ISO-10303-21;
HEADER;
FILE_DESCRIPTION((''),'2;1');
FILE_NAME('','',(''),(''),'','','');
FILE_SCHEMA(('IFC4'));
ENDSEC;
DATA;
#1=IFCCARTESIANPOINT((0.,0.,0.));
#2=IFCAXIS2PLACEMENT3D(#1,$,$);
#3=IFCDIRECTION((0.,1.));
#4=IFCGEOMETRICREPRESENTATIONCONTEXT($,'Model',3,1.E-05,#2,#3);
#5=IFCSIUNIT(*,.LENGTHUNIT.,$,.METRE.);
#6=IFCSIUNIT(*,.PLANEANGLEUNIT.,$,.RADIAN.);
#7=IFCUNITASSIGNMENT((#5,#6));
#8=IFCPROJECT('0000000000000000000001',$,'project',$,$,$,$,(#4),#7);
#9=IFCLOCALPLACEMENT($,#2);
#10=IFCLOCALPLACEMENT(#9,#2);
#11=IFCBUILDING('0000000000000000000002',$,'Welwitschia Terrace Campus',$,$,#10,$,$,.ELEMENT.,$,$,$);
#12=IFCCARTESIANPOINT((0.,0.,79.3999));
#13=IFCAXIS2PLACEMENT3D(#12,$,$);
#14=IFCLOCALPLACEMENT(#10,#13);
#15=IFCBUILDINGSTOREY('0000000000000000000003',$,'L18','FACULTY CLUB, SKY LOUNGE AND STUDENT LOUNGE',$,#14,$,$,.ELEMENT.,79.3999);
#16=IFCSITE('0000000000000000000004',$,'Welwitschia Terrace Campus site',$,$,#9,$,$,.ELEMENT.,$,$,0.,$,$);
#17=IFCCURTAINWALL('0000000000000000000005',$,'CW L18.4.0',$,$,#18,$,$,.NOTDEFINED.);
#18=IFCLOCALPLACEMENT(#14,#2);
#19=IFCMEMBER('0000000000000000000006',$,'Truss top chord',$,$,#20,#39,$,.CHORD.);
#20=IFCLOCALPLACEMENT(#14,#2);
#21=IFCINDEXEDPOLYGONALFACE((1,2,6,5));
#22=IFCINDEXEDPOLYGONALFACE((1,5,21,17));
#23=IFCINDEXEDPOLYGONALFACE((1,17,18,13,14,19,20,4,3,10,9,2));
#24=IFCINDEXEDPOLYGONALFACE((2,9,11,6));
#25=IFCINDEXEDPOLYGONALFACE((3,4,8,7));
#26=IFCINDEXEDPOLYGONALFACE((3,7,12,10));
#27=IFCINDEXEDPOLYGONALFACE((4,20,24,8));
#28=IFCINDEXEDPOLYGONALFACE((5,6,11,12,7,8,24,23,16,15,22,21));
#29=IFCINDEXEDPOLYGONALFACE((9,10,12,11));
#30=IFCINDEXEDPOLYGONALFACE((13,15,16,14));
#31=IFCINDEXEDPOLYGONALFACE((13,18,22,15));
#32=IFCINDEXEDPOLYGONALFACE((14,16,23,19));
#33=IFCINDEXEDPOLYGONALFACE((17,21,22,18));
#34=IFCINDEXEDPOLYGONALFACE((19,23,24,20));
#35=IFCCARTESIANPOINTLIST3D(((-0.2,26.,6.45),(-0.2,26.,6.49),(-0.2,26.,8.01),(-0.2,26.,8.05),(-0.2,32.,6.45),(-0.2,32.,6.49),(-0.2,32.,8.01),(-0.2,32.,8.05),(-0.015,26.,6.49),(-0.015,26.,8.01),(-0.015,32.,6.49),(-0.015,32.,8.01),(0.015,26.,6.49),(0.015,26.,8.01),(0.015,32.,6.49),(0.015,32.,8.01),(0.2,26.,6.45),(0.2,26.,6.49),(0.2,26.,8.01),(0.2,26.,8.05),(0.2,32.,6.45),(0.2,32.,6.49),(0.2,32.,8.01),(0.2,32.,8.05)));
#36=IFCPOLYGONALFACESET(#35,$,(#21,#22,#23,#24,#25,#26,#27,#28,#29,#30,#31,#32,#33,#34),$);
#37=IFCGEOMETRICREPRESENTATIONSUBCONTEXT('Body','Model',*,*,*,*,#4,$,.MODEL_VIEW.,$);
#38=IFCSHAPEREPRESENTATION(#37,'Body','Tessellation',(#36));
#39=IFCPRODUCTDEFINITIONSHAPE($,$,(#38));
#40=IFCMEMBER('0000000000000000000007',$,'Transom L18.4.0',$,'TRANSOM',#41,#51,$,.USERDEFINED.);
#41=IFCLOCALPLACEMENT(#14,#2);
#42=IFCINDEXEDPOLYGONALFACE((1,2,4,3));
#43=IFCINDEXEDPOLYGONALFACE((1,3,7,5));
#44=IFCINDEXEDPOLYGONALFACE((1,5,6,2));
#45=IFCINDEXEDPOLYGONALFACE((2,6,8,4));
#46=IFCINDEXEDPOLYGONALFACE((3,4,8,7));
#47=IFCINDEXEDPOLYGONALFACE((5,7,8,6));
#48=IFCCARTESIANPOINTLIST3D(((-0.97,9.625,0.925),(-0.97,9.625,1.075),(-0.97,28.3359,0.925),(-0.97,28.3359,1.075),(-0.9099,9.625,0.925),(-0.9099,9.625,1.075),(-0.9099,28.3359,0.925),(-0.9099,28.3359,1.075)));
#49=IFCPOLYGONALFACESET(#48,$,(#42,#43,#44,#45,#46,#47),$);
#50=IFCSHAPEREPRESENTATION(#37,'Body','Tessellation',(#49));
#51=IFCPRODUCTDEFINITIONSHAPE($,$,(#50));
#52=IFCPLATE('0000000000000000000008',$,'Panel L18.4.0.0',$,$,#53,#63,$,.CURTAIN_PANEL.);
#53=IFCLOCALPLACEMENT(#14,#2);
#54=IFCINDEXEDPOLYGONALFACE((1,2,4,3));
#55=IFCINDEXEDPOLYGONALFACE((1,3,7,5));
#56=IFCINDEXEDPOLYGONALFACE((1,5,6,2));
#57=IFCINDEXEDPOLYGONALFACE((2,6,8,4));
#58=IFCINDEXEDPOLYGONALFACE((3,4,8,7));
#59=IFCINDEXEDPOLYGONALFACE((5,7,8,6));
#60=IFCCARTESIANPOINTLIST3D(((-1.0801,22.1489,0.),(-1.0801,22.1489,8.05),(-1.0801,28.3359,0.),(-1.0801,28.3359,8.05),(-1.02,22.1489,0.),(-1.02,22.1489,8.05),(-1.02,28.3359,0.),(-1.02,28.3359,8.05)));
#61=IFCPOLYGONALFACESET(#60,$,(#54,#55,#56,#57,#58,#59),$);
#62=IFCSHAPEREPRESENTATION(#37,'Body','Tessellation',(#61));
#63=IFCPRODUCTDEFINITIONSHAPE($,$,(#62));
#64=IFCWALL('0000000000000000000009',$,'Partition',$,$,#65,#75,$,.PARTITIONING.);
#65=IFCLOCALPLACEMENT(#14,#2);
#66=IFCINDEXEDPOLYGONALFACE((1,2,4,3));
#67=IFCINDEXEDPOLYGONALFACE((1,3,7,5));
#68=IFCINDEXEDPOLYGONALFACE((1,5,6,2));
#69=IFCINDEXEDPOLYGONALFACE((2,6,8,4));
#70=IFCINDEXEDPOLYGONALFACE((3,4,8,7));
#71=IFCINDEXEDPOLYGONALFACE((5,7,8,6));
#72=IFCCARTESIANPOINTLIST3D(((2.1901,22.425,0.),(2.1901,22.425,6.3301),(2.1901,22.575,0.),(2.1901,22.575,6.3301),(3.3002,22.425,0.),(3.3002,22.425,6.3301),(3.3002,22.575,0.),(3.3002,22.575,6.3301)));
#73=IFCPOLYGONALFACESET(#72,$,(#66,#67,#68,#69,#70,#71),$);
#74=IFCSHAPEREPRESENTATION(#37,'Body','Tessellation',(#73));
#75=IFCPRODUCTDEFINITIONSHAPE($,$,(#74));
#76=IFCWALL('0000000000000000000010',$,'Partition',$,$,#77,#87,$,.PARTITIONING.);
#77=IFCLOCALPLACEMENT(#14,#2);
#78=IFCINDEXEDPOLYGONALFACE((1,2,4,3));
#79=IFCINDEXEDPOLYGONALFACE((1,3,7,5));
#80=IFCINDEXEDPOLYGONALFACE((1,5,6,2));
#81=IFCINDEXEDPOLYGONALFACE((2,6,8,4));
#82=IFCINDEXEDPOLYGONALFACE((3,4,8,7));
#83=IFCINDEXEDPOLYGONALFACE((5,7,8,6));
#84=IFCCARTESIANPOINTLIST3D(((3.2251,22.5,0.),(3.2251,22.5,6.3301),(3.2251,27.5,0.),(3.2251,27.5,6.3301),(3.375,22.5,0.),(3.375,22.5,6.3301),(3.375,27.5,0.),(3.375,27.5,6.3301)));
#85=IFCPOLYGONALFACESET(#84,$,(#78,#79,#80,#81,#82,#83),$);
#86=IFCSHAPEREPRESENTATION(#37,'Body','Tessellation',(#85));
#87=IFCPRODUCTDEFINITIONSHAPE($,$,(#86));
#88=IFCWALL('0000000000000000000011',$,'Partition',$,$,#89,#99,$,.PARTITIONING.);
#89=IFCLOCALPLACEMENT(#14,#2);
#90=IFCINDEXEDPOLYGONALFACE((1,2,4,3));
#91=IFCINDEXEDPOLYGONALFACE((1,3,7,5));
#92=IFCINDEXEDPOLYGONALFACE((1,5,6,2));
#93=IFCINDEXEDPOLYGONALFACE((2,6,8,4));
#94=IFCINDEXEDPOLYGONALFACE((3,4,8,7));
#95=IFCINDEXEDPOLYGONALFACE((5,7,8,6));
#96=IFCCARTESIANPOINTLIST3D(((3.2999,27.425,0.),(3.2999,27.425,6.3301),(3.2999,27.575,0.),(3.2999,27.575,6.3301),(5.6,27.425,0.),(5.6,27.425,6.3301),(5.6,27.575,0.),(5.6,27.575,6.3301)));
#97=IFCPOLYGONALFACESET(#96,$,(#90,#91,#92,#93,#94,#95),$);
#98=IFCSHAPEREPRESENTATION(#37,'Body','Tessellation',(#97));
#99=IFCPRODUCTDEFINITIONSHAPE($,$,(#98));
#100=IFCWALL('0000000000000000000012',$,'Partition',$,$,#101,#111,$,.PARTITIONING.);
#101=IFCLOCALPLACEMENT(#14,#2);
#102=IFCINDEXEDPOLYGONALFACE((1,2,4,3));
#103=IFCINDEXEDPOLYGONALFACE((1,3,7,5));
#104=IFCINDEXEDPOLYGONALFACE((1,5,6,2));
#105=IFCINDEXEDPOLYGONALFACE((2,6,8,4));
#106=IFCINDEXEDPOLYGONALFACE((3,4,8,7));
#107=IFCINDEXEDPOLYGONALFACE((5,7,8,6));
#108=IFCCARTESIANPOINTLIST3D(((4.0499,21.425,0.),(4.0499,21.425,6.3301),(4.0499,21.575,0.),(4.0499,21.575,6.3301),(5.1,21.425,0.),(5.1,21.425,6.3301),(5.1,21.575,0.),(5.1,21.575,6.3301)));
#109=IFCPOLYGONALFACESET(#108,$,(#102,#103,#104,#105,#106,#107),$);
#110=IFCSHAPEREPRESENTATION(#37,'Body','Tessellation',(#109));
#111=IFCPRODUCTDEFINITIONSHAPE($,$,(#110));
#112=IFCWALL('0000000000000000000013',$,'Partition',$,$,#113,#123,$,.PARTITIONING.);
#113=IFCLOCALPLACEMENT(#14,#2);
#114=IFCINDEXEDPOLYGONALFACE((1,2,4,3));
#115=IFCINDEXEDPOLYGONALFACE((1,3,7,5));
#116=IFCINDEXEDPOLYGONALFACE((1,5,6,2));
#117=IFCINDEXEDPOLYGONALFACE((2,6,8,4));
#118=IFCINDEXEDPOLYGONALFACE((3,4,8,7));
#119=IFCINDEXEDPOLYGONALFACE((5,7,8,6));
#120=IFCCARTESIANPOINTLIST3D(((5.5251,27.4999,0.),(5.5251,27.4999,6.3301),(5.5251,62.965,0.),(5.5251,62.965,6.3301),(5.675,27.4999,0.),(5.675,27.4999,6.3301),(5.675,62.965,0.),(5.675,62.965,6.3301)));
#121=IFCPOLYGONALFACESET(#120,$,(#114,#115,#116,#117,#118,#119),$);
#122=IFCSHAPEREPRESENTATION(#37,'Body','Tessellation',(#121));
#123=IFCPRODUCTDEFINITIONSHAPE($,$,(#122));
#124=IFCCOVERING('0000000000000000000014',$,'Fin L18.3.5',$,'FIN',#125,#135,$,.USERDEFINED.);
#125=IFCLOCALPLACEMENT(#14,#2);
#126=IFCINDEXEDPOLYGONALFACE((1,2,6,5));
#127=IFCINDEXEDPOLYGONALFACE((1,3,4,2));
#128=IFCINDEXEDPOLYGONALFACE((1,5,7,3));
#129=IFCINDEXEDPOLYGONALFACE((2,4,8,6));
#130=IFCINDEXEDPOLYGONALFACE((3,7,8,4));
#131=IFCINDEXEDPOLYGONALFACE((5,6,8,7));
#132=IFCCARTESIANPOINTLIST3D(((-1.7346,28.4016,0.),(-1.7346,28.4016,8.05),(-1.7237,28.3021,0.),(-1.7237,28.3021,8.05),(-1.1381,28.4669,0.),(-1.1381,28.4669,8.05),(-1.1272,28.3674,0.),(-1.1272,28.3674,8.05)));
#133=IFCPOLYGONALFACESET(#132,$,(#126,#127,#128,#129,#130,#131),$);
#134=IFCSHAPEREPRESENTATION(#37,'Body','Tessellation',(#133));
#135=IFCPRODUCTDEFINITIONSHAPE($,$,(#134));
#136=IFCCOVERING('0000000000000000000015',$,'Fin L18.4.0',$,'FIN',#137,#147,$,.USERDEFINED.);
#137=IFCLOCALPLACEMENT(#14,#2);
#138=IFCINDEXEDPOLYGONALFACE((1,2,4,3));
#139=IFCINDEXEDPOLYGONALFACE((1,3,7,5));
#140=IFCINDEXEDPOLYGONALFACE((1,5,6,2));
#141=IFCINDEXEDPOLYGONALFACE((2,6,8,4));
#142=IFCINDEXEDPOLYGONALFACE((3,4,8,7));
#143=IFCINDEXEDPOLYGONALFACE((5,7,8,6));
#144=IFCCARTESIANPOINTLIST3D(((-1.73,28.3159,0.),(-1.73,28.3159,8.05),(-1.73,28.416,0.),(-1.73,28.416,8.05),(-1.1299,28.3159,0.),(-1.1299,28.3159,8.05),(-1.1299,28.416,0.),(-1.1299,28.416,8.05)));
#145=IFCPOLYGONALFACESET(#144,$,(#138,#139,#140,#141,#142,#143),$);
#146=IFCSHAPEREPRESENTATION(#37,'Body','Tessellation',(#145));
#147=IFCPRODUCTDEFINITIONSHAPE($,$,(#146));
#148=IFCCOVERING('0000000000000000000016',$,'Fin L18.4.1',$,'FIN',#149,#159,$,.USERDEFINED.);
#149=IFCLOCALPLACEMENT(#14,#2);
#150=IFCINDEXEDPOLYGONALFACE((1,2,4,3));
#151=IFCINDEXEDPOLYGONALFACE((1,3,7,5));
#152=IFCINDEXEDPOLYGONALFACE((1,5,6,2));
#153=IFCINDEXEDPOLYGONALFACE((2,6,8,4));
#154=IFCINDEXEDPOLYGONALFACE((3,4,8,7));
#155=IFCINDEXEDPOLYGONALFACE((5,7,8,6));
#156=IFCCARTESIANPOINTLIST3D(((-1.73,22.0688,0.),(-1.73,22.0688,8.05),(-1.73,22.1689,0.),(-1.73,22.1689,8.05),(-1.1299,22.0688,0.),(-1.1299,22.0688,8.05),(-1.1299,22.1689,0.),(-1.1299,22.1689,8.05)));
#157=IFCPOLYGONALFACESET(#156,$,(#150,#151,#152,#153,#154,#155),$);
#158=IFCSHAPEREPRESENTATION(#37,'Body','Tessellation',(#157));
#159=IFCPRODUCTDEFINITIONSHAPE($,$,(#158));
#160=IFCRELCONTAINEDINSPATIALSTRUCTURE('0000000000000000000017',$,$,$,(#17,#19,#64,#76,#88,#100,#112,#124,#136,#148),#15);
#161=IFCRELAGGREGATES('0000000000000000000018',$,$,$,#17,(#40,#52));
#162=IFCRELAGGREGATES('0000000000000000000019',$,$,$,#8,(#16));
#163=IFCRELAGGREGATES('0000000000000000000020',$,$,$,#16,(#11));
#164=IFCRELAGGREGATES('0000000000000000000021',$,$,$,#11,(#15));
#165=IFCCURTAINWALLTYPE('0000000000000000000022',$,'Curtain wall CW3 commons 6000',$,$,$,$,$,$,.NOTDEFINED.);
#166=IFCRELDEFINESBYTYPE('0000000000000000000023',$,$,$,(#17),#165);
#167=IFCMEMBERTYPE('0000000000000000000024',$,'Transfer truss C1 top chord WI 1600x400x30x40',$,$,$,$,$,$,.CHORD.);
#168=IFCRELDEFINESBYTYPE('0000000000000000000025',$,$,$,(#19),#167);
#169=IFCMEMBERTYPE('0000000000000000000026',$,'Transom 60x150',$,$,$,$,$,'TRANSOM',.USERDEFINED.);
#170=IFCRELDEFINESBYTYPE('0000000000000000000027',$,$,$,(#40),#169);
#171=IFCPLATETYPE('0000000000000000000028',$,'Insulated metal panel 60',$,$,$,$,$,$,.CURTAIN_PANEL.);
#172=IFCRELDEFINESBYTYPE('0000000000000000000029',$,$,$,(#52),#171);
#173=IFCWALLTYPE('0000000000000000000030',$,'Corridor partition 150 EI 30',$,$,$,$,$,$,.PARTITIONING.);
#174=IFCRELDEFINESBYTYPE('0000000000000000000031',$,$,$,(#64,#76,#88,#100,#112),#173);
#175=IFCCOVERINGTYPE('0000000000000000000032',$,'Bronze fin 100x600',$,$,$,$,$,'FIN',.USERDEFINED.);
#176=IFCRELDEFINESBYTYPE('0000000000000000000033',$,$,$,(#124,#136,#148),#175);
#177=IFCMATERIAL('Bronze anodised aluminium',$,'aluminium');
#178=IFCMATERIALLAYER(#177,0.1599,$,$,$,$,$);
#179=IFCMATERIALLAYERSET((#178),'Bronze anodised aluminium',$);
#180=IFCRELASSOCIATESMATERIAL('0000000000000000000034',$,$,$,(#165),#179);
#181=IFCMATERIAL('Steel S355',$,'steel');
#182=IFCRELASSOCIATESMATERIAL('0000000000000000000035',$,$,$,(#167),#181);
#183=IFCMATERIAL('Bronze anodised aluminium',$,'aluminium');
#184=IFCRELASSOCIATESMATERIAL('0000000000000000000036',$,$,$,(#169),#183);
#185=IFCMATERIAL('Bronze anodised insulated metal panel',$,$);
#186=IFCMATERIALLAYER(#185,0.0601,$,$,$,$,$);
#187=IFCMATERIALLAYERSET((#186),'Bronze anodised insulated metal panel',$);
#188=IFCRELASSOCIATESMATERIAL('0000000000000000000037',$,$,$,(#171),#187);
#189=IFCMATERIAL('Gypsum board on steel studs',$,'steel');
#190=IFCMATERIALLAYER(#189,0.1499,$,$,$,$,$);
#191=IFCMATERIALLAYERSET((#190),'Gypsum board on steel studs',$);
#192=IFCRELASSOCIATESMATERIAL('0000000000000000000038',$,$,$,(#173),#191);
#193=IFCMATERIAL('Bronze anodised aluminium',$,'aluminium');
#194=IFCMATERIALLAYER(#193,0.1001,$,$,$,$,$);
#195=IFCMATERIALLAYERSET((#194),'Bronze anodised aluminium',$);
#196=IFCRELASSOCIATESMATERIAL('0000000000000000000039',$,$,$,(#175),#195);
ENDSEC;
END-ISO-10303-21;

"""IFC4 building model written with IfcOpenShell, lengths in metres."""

from ifc_helpers import new_model, si_unit, direction, frame, frame_2d, origin, origin_2d, place, context, subcontext, project, spatial, rectangle, i_section, extrude, material, layer, layer_set, material_profile, profile_set, type_object, element, aggregate, save


model = new_model("IFC4")

# Units and contexts
model_context = context("Model", 3, precision=1e-05, world=origin(), true_north=direction((0.0, 1.0)))
body_context = subcontext(model_context, "Body", "Model", "MODEL_VIEW")
ifc_project = project(units=[si_unit("LENGTHUNIT", "METRE"), si_unit("PLANEANGLEUNIT", "RADIAN")], contexts=[model_context])

# Site, building, storey
site_placement = place(None, origin())
site = spatial("IfcSite", under=ifc_project, at=site_placement, Name="Welwitschia Terrace Campus site", CompositionType="ELEMENT", RefElevation=0.0)
building_placement = place(site_placement, origin())
building = spatial("IfcBuilding", under=site, at=building_placement, Name="Welwitschia Terrace Campus", CompositionType="ELEMENT")
storey_placement = place(building_placement, frame((0.0, 0.0, 79.3999)))
storey = spatial("IfcBuildingStorey", under=building, at=storey_placement, Name="L18", Description="FACULTY CLUB, SKY LOUNGE AND STUDENT LOUNGE", CompositionType="ELEMENT", Elevation=79.3999)

# Shared definitions
ifc_material_1 = material(Name="Bronze anodised aluminium", Category="aluminium")
ifc_layer_1 = layer(ifc_material_1, 0.1599)
ifc_layer_set_1 = layer_set([ifc_layer_1], Name="Bronze anodised aluminium")
curtain_wall_type = type_object("IfcCurtainWallType", Name="Curtain wall CW3 commons 6000", PredefinedType="NOTDEFINED", material=ifc_layer_set_1)

# Curtain wall
curtain_wall_1_placement = place(storey_placement, origin())
curtain_wall_1 = element("IfcCurtainWall", 1, at=curtain_wall_1_placement, inside=storey, type_object=curtain_wall_type, Name="CW L18.4.0", PredefinedType="NOTDEFINED")

# Member
ifc_material_2 = material(Name="Steel S355", Category="steel")
ifc_material_profile_1 = material_profile(ifc_material_2, i_section(OverallWidth=0.3999, OverallDepth=1.6001, WebThickness=0.03, FlangeThickness=0.04, at=origin_2d()))
ifc_profile_set_1 = profile_set([ifc_material_profile_1], Name="Steel S355")
member_type_1 = type_object("IfcMemberType", Name="Transfer truss C1 top chord WI 1600x400x30x40", PredefinedType="CHORD", material=ifc_profile_set_1)
member_1_placement = place(storey_placement, frame((0.0, 26.0, 7.25), z_axis=(0.0, 1.0, 0.0), x_axis=(-1.0, 0.0, 0.0)))
element("IfcMember", 2, at=member_1_placement, inside=storey, type_object=member_type_1, Name="Truss top chord", PredefinedType="CHORD", context=body_context, shape_type="SweptSolid", body=[
    extrude(i_section(OverallWidth=0.3999, OverallDepth=1.6001, WebThickness=0.03, FlangeThickness=0.04, at=origin_2d()), origin(), (0.0, 0.0, 1.0), 6.0),
])

# Member
ifc_material_3 = material(Name="Bronze anodised aluminium", Category="aluminium")
ifc_material_profile_2 = material_profile(ifc_material_3, rectangle(XDim=0.0601, YDim=0.1499, at=origin_2d()))
ifc_profile_set_2 = profile_set([ifc_material_profile_2], Name="Bronze anodised aluminium")
member_type_2 = type_object("IfcMemberType", Name="Transom 60x150", ElementType="TRANSOM", PredefinedType="USERDEFINED", material=ifc_profile_set_2)
member_2_placement = place(storey_placement, frame((-0.9399, 28.3359, 1.0), z_axis=(0.0, -1.0, 0.0), x_axis=(1.0, 0.0, 0.0)))
member_2 = element("IfcMember", 3, at=member_2_placement, type_object=member_type_2, Name="Transom L18.4.0", ObjectType="TRANSOM", PredefinedType="USERDEFINED", context=body_context, shape_type="SweptSolid", body=[
    extrude(rectangle(XDim=0.0601, YDim=0.1499, at=origin_2d()), origin(), (0.0, 0.0, 1.0), 18.7109),
])

# Plate
ifc_material_4 = material(Name="Bronze anodised insulated metal panel")
ifc_layer_2 = layer(ifc_material_4, 0.0601)
ifc_layer_set_2 = layer_set([ifc_layer_2], Name="Bronze anodised insulated metal panel")
plate_type = type_object("IfcPlateType", Name="Insulated metal panel 60", PredefinedType="CURTAIN_PANEL", material=ifc_layer_set_2)
plate_placement = place(storey_placement, frame((-1.05, 25.2424, 0.0), z_axis=(0.0, 0.0, 1.0), x_axis=(0.0, -1.0, 0.0)))
plate = element("IfcPlate", 4, at=plate_placement, type_object=plate_type, Name="Panel L18.4.0.0", PredefinedType="CURTAIN_PANEL", context=body_context, shape_type="SweptSolid", body=[
    extrude(rectangle(XDim=6.187, YDim=0.0601, at=origin_2d()), origin(), (0.0, 0.0, 1.0), 8.05),
])
aggregate(curtain_wall_1, [member_2, plate])

# Walls
ifc_material_5 = material(Name="Gypsum board on steel studs", Category="steel")
ifc_layer_3 = layer(ifc_material_5, 0.1499)
ifc_layer_set_3 = layer_set([ifc_layer_3], Name="Gypsum board on steel studs")
wall_type = type_object("IfcWallType", Name="Corridor partition 150 EI 30", PredefinedType="PARTITIONING", material=ifc_layer_set_3)
wall_1_placement = place(storey_placement, frame((2.1899, 22.5, 0.0), z_axis=(0.0, 0.0, 1.0), x_axis=(1.0, 0.0, 0.0)))
element("IfcWall", 5, at=wall_1_placement, inside=storey, type_object=wall_type, Name="Partition", PredefinedType="PARTITIONING", context=body_context, shape_type="SweptSolid", body=[
    extrude(rectangle(XDim=1.1101, YDim=0.1499, at=frame_2d((0.5552, 0.0))), origin(), (0.0, 0.0, 1.0), 6.3301),
])
wall_2_placement = place(storey_placement, frame((3.3, 22.5, 0.0), z_axis=(0.0, 0.0, 1.0), x_axis=(0.0, 1.0, 0.0)))
element("IfcWall", 6, at=wall_2_placement, inside=storey, type_object=wall_type, Name="Partition", PredefinedType="PARTITIONING", context=body_context, shape_type="SweptSolid", body=[
    extrude(rectangle(XDim=5.0, YDim=0.1499, at=frame_2d((2.5, 0.0))), origin(), (0.0, 0.0, 1.0), 6.3301),
])
wall_3_placement = place(storey_placement, frame((3.3, 27.5, 0.0), z_axis=(0.0, 0.0, 1.0), x_axis=(1.0, 0.0, 0.0)))
element("IfcWall", 7, at=wall_3_placement, inside=storey, type_object=wall_type, Name="Partition", PredefinedType="PARTITIONING", context=body_context, shape_type="SweptSolid", body=[
    extrude(rectangle(XDim=2.3, YDim=0.1499, at=frame_2d((1.1499, 0.0))), origin(), (0.0, 0.0, 1.0), 6.3301),
])
wall_4_placement = place(storey_placement, frame((4.05, 21.5, 0.0), z_axis=(0.0, 0.0, 1.0), x_axis=(1.0, 0.0, 0.0)))
element("IfcWall", 8, at=wall_4_placement, inside=storey, type_object=wall_type, Name="Partition", PredefinedType="PARTITIONING", context=body_context, shape_type="SweptSolid", body=[
    extrude(rectangle(XDim=1.05, YDim=0.1499, at=frame_2d((0.5249, 0.0))), origin(), (0.0, 0.0, 1.0), 6.3301),
])
wall_5_placement = place(storey_placement, frame((5.6001, 27.5, 0.0), z_axis=(0.0, 0.0, 1.0), x_axis=(0.0, 1.0, 0.0)))
element("IfcWall", 9, at=wall_5_placement, inside=storey, type_object=wall_type, Name="Partition", PredefinedType="PARTITIONING", context=body_context, shape_type="SweptSolid", body=[
    extrude(rectangle(XDim=35.4651, YDim=0.1499, at=frame_2d((17.7324, 0.0))), origin(), (0.0, 0.0, 1.0), 6.3301),
])

# Coverings
ifc_material_6 = material(Name="Bronze anodised aluminium", Category="aluminium")
ifc_layer_4 = layer(ifc_material_6, 0.1001)
ifc_layer_set_4 = layer_set([ifc_layer_4], Name="Bronze anodised aluminium")
covering_type = type_object("IfcCoveringType", Name="Bronze fin 100x600", ElementType="FIN", PredefinedType="USERDEFINED", material=ifc_layer_set_4)
for number, where, z_axis, x_axis, name in (
    (10, (-1.4309, 28.3845, 0.0), (0.0, 0.0, 1.0), (0.108867, -0.994056, 0.0), "Fin L18.3.5"),
    (11, (-1.4299, 28.366, 0.0), (0.0, 0.0, 1.0), (0.0, -1.0, 0.0), "Fin L18.4.0"),
    (12, (-1.4299, 22.1189, 0.0), (0.0, 0.0, 1.0), (0.0, -1.0, 0.0), "Fin L18.4.1"),
):
    element("IfcCovering", number, at=place(storey_placement, frame(where, z_axis=z_axis, x_axis=x_axis)), inside=storey, type_object=covering_type, Name=name, ObjectType="FIN", PredefinedType="USERDEFINED", context=body_context, shape_type="SweptSolid", body=[
        extrude(rectangle(XDim=0.1001, YDim=0.6001, at=origin_2d()), origin(), (0.0, 0.0, 1.0), 8.05),
    ])

save(model, "model.ifc")
